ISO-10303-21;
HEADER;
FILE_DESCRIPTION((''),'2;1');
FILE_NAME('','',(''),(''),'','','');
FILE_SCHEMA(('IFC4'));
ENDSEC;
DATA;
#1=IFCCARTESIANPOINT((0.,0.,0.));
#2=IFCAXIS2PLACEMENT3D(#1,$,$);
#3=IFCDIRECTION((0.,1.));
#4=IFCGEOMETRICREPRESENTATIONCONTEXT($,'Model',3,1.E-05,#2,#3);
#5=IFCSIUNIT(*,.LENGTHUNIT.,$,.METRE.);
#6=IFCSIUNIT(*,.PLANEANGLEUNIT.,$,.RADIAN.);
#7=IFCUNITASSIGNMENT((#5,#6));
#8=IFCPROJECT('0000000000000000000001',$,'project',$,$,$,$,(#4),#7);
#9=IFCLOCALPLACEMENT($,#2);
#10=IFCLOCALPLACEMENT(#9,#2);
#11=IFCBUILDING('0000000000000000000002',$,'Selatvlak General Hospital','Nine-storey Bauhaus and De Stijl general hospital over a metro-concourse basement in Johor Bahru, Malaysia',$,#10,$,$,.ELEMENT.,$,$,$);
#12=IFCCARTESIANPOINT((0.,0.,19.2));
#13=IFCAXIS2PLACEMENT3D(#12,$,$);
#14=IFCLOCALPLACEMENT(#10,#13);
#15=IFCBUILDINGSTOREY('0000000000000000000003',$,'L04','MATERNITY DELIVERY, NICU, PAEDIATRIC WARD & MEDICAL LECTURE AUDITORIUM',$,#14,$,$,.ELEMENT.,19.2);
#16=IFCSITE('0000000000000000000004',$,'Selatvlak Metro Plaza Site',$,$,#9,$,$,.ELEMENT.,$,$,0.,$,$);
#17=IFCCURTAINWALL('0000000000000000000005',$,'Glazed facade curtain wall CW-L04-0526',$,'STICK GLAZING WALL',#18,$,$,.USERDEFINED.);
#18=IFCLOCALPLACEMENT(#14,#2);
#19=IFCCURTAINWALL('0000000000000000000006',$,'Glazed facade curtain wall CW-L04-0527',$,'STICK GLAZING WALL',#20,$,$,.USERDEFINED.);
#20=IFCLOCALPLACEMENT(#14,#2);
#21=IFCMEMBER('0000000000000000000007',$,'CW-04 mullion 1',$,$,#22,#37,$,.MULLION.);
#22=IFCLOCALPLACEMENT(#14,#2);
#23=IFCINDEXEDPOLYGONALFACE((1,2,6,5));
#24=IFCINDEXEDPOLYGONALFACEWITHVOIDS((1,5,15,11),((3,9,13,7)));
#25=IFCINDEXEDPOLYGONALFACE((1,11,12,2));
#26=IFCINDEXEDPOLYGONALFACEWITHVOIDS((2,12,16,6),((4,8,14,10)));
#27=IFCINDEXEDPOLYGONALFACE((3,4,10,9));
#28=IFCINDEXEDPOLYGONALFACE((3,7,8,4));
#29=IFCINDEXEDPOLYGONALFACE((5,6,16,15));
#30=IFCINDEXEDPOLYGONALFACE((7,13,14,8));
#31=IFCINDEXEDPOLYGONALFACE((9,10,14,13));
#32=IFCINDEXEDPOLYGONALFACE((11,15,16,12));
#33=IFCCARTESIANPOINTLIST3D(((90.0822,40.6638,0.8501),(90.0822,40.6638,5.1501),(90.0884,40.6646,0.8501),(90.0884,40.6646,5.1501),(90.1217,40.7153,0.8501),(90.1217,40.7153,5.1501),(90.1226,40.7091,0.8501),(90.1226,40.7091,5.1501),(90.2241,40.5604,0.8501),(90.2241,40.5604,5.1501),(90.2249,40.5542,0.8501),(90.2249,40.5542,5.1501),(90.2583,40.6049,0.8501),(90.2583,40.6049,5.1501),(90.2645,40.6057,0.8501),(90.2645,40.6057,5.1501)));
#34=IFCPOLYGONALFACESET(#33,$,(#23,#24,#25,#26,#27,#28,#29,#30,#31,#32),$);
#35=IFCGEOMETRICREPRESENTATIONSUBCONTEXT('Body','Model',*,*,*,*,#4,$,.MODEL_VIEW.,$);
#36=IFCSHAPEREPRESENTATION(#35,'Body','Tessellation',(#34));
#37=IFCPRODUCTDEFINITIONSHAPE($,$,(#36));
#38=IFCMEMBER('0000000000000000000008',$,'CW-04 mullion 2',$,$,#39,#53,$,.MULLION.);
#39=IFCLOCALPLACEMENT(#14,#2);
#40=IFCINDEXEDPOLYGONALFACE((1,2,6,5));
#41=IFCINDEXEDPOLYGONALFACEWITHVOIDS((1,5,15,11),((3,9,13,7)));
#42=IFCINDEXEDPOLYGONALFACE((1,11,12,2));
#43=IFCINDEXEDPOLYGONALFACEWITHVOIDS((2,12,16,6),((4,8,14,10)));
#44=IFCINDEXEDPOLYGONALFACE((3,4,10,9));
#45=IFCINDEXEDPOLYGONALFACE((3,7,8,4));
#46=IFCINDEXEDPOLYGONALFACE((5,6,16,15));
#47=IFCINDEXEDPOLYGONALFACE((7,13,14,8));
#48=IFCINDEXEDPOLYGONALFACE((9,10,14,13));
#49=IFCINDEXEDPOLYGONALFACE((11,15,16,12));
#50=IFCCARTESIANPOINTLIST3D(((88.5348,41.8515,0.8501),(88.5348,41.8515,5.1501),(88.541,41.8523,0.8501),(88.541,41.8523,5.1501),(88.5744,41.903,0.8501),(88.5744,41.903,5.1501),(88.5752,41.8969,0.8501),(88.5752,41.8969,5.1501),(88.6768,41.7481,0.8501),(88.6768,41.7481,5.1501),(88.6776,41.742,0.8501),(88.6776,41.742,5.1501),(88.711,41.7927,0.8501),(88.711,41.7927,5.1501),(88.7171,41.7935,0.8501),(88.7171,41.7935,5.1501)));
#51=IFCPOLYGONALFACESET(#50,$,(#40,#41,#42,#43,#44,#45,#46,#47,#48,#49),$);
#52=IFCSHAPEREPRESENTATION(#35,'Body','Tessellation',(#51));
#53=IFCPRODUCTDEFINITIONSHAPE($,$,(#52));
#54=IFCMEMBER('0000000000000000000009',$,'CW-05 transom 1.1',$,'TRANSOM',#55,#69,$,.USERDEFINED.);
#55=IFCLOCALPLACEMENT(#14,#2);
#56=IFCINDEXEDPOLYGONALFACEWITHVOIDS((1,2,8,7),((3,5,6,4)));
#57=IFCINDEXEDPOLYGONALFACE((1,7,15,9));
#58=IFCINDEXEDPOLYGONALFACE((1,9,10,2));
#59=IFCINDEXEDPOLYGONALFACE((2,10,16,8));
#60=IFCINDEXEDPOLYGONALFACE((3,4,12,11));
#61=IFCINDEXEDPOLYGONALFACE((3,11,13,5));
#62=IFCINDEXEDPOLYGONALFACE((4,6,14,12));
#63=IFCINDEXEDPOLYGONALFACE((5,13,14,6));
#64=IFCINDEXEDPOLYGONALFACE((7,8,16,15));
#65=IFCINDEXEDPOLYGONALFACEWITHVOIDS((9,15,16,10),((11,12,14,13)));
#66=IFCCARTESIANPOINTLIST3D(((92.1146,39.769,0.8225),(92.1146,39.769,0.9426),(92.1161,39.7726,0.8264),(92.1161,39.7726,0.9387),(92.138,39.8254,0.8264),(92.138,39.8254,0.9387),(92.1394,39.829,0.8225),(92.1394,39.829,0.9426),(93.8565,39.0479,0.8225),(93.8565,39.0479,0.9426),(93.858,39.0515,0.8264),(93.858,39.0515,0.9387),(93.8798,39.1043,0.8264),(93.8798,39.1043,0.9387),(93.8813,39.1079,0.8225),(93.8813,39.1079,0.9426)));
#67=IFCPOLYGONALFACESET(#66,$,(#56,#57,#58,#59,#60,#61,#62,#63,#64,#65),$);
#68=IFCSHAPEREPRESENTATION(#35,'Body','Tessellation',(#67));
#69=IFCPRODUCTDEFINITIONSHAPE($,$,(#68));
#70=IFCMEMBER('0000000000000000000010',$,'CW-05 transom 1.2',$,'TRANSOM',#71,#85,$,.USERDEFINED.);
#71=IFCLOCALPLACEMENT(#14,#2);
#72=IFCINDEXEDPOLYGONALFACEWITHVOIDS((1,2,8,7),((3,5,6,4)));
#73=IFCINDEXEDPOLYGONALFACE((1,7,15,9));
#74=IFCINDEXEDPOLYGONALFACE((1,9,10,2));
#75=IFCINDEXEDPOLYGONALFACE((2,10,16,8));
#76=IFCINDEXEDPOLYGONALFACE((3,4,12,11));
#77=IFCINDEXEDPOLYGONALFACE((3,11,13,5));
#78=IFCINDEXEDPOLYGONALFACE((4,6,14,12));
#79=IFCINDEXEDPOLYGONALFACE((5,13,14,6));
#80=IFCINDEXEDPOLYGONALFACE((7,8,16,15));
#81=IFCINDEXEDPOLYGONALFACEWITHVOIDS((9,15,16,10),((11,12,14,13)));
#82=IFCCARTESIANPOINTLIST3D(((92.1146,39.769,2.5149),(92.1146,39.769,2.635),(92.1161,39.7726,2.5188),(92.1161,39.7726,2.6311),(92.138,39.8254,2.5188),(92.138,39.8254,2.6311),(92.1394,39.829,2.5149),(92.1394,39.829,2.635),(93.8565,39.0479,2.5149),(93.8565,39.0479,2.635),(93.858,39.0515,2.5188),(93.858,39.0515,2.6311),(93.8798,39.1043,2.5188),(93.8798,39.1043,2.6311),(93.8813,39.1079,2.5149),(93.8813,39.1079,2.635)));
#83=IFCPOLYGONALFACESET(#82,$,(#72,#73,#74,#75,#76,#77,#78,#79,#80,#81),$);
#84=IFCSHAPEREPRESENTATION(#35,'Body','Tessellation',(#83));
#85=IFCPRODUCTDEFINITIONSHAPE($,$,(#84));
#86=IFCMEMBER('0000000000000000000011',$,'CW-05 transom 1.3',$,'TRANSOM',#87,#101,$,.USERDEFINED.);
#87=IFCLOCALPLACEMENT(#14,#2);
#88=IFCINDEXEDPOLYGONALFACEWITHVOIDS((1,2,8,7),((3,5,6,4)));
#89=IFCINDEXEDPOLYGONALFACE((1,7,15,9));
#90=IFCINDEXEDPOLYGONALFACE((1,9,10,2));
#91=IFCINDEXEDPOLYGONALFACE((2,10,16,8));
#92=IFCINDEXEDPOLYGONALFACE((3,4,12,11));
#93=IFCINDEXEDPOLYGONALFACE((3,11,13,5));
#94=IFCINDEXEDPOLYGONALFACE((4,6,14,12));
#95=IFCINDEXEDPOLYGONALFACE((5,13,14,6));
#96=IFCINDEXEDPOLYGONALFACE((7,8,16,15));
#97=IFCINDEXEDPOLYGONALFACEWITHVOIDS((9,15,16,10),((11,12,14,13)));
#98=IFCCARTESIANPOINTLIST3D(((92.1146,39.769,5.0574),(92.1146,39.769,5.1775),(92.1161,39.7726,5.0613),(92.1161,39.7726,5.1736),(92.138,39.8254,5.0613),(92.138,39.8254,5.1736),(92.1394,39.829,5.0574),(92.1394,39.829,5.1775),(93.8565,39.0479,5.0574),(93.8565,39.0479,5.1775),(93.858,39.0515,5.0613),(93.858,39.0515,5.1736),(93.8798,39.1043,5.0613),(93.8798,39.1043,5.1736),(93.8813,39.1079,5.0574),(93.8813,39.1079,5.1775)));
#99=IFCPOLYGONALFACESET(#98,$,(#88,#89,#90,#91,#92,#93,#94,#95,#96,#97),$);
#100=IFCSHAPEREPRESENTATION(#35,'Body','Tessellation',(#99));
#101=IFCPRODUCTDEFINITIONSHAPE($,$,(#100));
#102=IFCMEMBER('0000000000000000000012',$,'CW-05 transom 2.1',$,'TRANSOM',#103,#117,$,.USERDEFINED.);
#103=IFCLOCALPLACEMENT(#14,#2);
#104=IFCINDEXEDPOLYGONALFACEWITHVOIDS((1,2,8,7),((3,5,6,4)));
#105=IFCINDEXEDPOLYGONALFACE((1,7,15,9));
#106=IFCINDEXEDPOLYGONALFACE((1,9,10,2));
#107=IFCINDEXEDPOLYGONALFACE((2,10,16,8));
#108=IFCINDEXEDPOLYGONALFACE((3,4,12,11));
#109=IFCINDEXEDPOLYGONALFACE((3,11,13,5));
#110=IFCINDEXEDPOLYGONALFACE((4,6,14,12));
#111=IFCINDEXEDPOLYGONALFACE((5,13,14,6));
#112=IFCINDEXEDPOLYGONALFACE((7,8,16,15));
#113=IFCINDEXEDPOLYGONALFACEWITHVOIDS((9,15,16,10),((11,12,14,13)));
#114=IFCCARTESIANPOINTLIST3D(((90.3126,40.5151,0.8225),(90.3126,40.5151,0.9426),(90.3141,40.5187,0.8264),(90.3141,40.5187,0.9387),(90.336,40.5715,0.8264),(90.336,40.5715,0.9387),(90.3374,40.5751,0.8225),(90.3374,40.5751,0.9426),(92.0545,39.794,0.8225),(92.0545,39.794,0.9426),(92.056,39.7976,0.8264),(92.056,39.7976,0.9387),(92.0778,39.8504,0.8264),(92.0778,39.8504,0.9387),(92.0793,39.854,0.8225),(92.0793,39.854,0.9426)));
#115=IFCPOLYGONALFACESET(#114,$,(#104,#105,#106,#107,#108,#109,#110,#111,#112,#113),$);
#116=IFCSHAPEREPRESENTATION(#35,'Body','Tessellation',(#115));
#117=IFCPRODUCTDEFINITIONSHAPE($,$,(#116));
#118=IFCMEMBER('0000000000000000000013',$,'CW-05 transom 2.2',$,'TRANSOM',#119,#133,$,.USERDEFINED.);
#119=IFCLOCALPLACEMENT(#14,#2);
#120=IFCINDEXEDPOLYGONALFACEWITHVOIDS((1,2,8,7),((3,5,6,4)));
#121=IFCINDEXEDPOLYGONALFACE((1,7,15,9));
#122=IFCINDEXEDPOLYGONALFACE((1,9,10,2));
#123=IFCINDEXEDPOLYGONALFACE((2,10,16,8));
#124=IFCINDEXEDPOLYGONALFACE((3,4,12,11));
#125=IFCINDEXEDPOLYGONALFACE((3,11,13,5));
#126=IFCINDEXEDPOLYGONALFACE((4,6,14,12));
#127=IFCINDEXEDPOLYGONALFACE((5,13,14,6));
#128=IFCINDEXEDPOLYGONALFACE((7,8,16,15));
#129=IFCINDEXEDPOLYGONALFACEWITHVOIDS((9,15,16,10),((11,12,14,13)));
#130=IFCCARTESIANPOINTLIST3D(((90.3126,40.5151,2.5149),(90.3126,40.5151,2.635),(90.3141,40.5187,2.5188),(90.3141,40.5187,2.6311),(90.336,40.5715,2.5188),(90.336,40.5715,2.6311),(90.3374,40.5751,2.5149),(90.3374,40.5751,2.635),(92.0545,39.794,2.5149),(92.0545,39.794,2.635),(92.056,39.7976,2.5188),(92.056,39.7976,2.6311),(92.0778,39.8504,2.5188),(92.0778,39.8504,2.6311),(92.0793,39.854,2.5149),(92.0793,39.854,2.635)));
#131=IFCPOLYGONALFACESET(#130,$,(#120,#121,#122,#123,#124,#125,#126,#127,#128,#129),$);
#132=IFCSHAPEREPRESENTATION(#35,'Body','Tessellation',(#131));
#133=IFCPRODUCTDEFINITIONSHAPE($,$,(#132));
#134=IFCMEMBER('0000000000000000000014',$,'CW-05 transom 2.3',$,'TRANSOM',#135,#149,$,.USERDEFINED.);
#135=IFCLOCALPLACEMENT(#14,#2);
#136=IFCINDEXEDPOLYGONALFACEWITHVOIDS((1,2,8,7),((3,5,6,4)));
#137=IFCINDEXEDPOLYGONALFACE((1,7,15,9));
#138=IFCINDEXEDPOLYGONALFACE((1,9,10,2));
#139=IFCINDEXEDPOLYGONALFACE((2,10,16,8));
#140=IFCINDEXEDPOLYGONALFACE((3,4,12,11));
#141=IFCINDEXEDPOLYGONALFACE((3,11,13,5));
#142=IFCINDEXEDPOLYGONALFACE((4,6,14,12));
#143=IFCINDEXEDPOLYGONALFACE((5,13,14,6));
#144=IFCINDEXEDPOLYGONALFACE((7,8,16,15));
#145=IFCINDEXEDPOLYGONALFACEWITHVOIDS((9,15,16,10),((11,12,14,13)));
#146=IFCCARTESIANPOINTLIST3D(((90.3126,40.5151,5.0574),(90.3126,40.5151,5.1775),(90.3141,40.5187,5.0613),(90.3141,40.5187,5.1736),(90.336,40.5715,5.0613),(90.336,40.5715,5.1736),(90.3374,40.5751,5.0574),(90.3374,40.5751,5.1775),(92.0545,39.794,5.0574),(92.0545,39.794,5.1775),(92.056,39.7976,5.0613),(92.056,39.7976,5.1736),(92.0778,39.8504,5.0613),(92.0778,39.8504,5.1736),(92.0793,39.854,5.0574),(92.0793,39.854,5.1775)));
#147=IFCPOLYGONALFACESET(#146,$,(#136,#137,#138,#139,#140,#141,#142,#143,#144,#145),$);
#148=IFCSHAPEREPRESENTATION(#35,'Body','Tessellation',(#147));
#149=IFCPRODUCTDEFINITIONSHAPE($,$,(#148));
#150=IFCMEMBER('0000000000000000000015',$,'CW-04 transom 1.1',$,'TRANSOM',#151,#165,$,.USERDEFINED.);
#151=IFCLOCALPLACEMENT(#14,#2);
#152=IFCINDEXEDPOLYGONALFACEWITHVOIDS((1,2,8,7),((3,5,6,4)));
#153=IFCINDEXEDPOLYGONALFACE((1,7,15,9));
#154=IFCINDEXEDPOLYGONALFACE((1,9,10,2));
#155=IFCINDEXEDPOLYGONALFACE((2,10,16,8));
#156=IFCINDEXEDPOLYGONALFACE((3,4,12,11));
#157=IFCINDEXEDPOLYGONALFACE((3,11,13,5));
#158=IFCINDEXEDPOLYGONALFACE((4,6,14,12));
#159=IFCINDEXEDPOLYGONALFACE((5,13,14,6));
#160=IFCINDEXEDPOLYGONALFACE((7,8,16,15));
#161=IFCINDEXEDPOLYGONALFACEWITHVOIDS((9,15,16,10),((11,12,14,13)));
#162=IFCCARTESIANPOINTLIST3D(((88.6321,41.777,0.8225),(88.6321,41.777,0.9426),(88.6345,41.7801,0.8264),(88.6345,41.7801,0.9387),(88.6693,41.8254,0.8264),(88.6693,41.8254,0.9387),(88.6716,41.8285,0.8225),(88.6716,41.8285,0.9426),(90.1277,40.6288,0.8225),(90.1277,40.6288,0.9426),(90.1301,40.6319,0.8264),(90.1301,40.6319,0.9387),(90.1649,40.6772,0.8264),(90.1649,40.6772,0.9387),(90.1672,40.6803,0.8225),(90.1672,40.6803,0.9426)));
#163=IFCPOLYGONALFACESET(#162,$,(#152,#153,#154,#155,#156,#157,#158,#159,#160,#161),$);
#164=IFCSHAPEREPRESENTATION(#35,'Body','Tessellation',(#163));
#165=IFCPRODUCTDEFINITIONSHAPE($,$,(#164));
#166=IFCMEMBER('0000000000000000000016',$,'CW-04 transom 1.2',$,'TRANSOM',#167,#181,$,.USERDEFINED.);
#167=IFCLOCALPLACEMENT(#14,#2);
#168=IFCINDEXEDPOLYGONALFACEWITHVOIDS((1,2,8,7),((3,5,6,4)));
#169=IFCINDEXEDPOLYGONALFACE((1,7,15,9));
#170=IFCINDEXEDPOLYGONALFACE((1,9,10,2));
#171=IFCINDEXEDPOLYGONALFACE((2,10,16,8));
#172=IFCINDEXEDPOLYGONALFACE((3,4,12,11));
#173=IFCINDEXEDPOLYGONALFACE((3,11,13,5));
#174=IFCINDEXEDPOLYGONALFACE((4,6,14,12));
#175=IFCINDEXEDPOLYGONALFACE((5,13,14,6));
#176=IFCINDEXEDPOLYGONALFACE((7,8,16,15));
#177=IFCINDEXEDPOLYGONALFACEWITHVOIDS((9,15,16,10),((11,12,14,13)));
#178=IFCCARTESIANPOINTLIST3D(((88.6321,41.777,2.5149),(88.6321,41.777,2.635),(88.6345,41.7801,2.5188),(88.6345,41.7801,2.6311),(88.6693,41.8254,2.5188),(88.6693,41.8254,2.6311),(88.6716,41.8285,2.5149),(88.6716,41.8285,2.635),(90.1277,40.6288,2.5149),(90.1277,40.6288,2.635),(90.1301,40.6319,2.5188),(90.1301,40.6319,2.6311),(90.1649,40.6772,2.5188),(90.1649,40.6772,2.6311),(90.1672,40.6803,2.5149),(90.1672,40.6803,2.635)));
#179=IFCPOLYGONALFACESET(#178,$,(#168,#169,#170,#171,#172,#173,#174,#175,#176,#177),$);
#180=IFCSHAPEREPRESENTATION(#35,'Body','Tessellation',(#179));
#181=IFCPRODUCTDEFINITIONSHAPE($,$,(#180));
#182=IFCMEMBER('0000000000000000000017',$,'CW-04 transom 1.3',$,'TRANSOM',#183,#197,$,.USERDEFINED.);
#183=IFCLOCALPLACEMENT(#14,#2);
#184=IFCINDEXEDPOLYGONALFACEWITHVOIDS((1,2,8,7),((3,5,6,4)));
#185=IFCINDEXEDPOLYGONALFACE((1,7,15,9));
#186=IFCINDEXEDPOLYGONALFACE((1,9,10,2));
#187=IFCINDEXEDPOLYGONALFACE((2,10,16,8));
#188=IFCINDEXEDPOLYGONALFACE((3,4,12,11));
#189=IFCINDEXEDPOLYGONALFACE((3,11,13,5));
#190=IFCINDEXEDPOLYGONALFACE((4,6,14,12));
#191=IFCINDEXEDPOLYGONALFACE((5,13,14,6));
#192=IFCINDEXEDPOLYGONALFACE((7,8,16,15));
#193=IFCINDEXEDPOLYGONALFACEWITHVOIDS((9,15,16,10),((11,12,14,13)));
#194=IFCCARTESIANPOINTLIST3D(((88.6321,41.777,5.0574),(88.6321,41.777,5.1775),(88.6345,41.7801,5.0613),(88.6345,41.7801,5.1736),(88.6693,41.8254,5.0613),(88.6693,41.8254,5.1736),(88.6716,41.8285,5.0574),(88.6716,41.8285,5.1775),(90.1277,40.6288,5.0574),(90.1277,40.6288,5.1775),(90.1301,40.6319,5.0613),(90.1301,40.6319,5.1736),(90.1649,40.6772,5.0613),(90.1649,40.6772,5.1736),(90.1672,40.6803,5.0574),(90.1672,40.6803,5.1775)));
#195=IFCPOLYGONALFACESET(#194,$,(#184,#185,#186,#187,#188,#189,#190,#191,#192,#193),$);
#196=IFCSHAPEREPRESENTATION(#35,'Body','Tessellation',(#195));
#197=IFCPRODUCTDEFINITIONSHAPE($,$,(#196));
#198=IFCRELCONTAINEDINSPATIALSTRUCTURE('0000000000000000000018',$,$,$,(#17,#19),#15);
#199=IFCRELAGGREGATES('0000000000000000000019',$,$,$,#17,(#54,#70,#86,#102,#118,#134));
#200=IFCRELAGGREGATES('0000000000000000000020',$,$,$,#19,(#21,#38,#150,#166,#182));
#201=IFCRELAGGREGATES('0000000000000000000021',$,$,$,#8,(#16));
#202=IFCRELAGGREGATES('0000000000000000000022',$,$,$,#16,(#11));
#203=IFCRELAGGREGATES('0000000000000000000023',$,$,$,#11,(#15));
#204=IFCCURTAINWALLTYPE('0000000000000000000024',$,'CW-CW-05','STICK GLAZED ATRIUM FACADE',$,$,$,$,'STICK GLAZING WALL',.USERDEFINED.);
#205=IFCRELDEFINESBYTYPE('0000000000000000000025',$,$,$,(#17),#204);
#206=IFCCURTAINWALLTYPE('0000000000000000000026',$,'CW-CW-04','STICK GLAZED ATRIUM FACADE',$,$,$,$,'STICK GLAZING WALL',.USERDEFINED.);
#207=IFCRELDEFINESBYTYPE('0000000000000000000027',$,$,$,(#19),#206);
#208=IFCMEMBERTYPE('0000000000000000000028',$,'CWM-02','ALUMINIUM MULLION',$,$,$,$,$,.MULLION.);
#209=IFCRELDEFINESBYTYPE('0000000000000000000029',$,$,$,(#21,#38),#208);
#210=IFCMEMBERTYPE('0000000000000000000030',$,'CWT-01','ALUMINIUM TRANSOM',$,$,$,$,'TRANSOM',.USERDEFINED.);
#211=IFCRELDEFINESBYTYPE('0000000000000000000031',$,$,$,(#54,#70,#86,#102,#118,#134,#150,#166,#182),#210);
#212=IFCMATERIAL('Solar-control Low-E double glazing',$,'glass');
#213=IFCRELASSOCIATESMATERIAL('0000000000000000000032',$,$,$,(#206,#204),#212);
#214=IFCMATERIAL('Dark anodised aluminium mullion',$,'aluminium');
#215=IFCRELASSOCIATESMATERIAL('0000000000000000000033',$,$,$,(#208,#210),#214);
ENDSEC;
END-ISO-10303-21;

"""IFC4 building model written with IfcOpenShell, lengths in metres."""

from ifc_helpers import new_model, si_unit, direction, frame, origin, origin_2d, place, context, subcontext, project, spatial, hollow_rectangle, extrude, material, material_profile, profile_set, type_object, element, aggregate, save


model = new_model("IFC4")

# Units and contexts
model_context = context("Model", 3, precision=1e-05, world=origin(), true_north=direction((0.0, 1.0)))
body_context = subcontext(model_context, "Body", "Model", "MODEL_VIEW")
ifc_project = project(units=[si_unit("LENGTHUNIT", "METRE"), si_unit("PLANEANGLEUNIT", "RADIAN")], contexts=[model_context])

# Site, building, storey
site_placement = place(None, origin())
site = spatial("IfcSite", under=ifc_project, at=site_placement, Name="Selatvlak Metro Plaza Site", CompositionType="ELEMENT", RefElevation=0.0)
building_placement = place(site_placement, origin())
building = spatial("IfcBuilding", under=site, at=building_placement, Name="Selatvlak General Hospital", Description="Nine-storey Bauhaus and De Stijl general hospital over a metro-concourse basement in Johor Bahru, Malaysia", CompositionType="ELEMENT")
storey_placement = place(building_placement, frame((0.0, 0.0, 19.2)))
storey = spatial("IfcBuildingStorey", under=building, at=storey_placement, Name="L04", Description="MATERNITY DELIVERY, NICU, PAEDIATRIC WARD & MEDICAL LECTURE AUDITORIUM", CompositionType="ELEMENT", Elevation=19.2)

# Shared definitions
ifc_material_1 = material(Name="Solar-control Low-E double glazing", Category="glass")
curtain_wall_type_1 = type_object("IfcCurtainWallType", Name="CW-CW-04", Description="STICK GLAZED ATRIUM FACADE", ElementType="STICK GLAZING WALL", PredefinedType="USERDEFINED", material=ifc_material_1)
ifc_material_2 = material(Name="Dark anodised aluminium mullion", Category="aluminium")
ifc_material_profile_1 = material_profile(ifc_material_2, hollow_rectangle(XDim=0.0649, YDim=0.1799, WallThickness=0.0044, at=origin_2d()), Name="AL-MUL 65x180x4.5")
ifc_profile_set_1 = profile_set([ifc_material_profile_1], Name="Dark anodised aluminium mullion")
member_type_1 = type_object("IfcMemberType", Name="CWM-02", Description="ALUMINIUM MULLION", PredefinedType="MULLION", material=ifc_profile_set_1)

# Curtain walls, members
curtain_wall_type_2 = type_object("IfcCurtainWallType", Name="CW-CW-05", Description="STICK GLAZED ATRIUM FACADE", ElementType="STICK GLAZING WALL", PredefinedType="USERDEFINED", material=ifc_material_1)
curtain_wall_1_placement = place(storey_placement, origin())
curtain_wall_1 = element("IfcCurtainWall", 1, at=curtain_wall_1_placement, inside=storey, type_object=curtain_wall_type_2, Name="Glazed facade curtain wall CW-L04-0526", ObjectType="STICK GLAZING WALL", PredefinedType="USERDEFINED")
curtain_wall_2_placement = place(storey_placement, origin())
curtain_wall_2 = element("IfcCurtainWall", 2, at=curtain_wall_2_placement, inside=storey, type_object=curtain_wall_type_1, Name="Glazed facade curtain wall CW-L04-0527", ObjectType="STICK GLAZING WALL", PredefinedType="USERDEFINED")
member_1_placement = place(storey_placement, frame((90.1733, 40.6348, 0.8501), z_axis=(0.0, 0.0, 1.0), x_axis=(-0.608918, -0.793233, 0.0)))
member_1 = element("IfcMember", 3, at=member_1_placement, type_object=member_type_1, Name="CW-04 mullion 1", PredefinedType="MULLION", context=body_context, shape_type="SweptSolid", body=[
    extrude(hollow_rectangle(XDim=0.0649, YDim=0.1799, WallThickness=0.0044, at=origin_2d()), origin(), (0.0, 0.0, 1.0), 4.3),
])
member_2_placement = place(storey_placement, frame((88.626, 41.8225, 0.8501), z_axis=(0.0, 0.0, 1.0), x_axis=(-0.608918, -0.793233, 0.0)))
member_2 = element("IfcMember", 4, at=member_2_placement, type_object=member_type_1, Name="CW-04 mullion 2", PredefinedType="MULLION", context=body_context, shape_type="SweptSolid", body=[
    extrude(hollow_rectangle(XDim=0.0649, YDim=0.1799, WallThickness=0.0044, at=origin_2d()), origin(), (0.0, 0.0, 1.0), 4.3),
])

# Members
ifc_material_profile_2 = material_profile(ifc_material_2, hollow_rectangle(XDim=0.0649, YDim=0.1201, WallThickness=0.0039, at=origin_2d()), Name="AL-TRN 65x120x4")
ifc_profile_set_2 = profile_set([ifc_material_profile_2], Name="Dark anodised aluminium mullion")
member_type_2 = type_object("IfcMemberType", Name="CWT-01", Description="ALUMINIUM TRANSOM", ElementType="TRANSOM", PredefinedType="USERDEFINED", material=ifc_profile_set_2)
member_3_placement = place(storey_placement, frame((93.8689, 39.0779, 0.8826), z_axis=(-0.923944, 0.382527, 0.0), x_axis=(-0.382527, -0.923944, 0.0)))
member_3 = element("IfcMember", 5, at=member_3_placement, type_object=member_type_2, Name="CW-05 transom 1.1", ObjectType="TRANSOM", PredefinedType="USERDEFINED", context=body_context, shape_type="SweptSolid", body=[
    extrude(hollow_rectangle(XDim=0.0649, YDim=0.1201, WallThickness=0.0039, at=origin_2d()), origin(), (0.0, 0.0, 1.0), 1.8853),
])
member_4_placement = place(storey_placement, frame((93.8689, 39.0779, 2.575), z_axis=(-0.923944, 0.382527, 0.0), x_axis=(-0.382527, -0.923944, 0.0)))
member_4 = element("IfcMember", 6, at=member_4_placement, type_object=member_type_2, Name="CW-05 transom 1.2", ObjectType="TRANSOM", PredefinedType="USERDEFINED", context=body_context, shape_type="SweptSolid", body=[
    extrude(hollow_rectangle(XDim=0.0649, YDim=0.1201, WallThickness=0.0039, at=origin_2d()), origin(), (0.0, 0.0, 1.0), 1.8853),
])
member_5_placement = place(storey_placement, frame((93.8689, 39.0779, 5.1174), z_axis=(-0.923944, 0.382527, 0.0), x_axis=(-0.382527, -0.923944, 0.0)))
member_5 = element("IfcMember", 7, at=member_5_placement, type_object=member_type_2, Name="CW-05 transom 1.3", ObjectType="TRANSOM", PredefinedType="USERDEFINED", context=body_context, shape_type="SweptSolid", body=[
    extrude(hollow_rectangle(XDim=0.0649, YDim=0.1201, WallThickness=0.0039, at=origin_2d()), origin(), (0.0, 0.0, 1.0), 1.8853),
])
member_6_placement = place(storey_placement, frame((92.0669, 39.824, 0.8826), z_axis=(-0.923944, 0.382527, 0.0), x_axis=(-0.382527, -0.923944, 0.0)))
member_6 = element("IfcMember", 8, at=member_6_placement, type_object=member_type_2, Name="CW-05 transom 2.1", ObjectType="TRANSOM", PredefinedType="USERDEFINED", context=body_context, shape_type="SweptSolid", body=[
    extrude(hollow_rectangle(XDim=0.0649, YDim=0.1201, WallThickness=0.0039, at=origin_2d()), origin(), (0.0, 0.0, 1.0), 1.8853),
])
member_7_placement = place(storey_placement, frame((92.0669, 39.824, 2.575), z_axis=(-0.923944, 0.382527, 0.0), x_axis=(-0.382527, -0.923944, 0.0)))
member_7 = element("IfcMember", 9, at=member_7_placement, type_object=member_type_2, Name="CW-05 transom 2.2", ObjectType="TRANSOM", PredefinedType="USERDEFINED", context=body_context, shape_type="SweptSolid", body=[
    extrude(hollow_rectangle(XDim=0.0649, YDim=0.1201, WallThickness=0.0039, at=origin_2d()), origin(), (0.0, 0.0, 1.0), 1.8853),
])
member_8_placement = place(storey_placement, frame((92.0669, 39.824, 5.1174), z_axis=(-0.923944, 0.382527, 0.0), x_axis=(-0.382527, -0.923944, 0.0)))
member_8 = element("IfcMember", 10, at=member_8_placement, type_object=member_type_2, Name="CW-05 transom 2.3", ObjectType="TRANSOM", PredefinedType="USERDEFINED", context=body_context, shape_type="SweptSolid", body=[
    extrude(hollow_rectangle(XDim=0.0649, YDim=0.1201, WallThickness=0.0039, at=origin_2d()), origin(), (0.0, 0.0, 1.0), 1.8853),
])
member_9_placement = place(storey_placement, frame((90.1475, 40.6545, 0.8826), z_axis=(-0.793206, 0.608953, 0.0), x_axis=(-0.608953, -0.793206, 0.0)))
member_9 = element("IfcMember", 11, at=member_9_placement, type_object=member_type_2, Name="CW-04 transom 1.1", ObjectType="TRANSOM", PredefinedType="USERDEFINED", context=body_context, shape_type="SweptSolid", body=[
    extrude(hollow_rectangle(XDim=0.0649, YDim=0.1201, WallThickness=0.0039, at=origin_2d()), origin(), (0.0, 0.0, 1.0), 1.8855),
])
member_10_placement = place(storey_placement, frame((90.1475, 40.6545, 2.575), z_axis=(-0.793206, 0.608953, 0.0), x_axis=(-0.608953, -0.793206, 0.0)))
member_10 = element("IfcMember", 12, at=member_10_placement, type_object=member_type_2, Name="CW-04 transom 1.2", ObjectType="TRANSOM", PredefinedType="USERDEFINED", context=body_context, shape_type="SweptSolid", body=[
    extrude(hollow_rectangle(XDim=0.0649, YDim=0.1201, WallThickness=0.0039, at=origin_2d()), origin(), (0.0, 0.0, 1.0), 1.8855),
])
member_11_placement = place(storey_placement, frame((90.1475, 40.6545, 5.1174), z_axis=(-0.793206, 0.608953, 0.0), x_axis=(-0.608953, -0.793206, 0.0)))
member_11 = element("IfcMember", 13, at=member_11_placement, type_object=member_type_2, Name="CW-04 transom 1.3", ObjectType="TRANSOM", PredefinedType="USERDEFINED", context=body_context, shape_type="SweptSolid", body=[
    extrude(hollow_rectangle(XDim=0.0649, YDim=0.1201, WallThickness=0.0039, at=origin_2d()), origin(), (0.0, 0.0, 1.0), 1.8855),
])

aggregate(curtain_wall_1, [member_3, member_4, member_5, member_6, member_7, member_8])
aggregate(curtain_wall_2, [member_1, member_2, member_9, member_10, member_11])

save(model, "model.ifc")
